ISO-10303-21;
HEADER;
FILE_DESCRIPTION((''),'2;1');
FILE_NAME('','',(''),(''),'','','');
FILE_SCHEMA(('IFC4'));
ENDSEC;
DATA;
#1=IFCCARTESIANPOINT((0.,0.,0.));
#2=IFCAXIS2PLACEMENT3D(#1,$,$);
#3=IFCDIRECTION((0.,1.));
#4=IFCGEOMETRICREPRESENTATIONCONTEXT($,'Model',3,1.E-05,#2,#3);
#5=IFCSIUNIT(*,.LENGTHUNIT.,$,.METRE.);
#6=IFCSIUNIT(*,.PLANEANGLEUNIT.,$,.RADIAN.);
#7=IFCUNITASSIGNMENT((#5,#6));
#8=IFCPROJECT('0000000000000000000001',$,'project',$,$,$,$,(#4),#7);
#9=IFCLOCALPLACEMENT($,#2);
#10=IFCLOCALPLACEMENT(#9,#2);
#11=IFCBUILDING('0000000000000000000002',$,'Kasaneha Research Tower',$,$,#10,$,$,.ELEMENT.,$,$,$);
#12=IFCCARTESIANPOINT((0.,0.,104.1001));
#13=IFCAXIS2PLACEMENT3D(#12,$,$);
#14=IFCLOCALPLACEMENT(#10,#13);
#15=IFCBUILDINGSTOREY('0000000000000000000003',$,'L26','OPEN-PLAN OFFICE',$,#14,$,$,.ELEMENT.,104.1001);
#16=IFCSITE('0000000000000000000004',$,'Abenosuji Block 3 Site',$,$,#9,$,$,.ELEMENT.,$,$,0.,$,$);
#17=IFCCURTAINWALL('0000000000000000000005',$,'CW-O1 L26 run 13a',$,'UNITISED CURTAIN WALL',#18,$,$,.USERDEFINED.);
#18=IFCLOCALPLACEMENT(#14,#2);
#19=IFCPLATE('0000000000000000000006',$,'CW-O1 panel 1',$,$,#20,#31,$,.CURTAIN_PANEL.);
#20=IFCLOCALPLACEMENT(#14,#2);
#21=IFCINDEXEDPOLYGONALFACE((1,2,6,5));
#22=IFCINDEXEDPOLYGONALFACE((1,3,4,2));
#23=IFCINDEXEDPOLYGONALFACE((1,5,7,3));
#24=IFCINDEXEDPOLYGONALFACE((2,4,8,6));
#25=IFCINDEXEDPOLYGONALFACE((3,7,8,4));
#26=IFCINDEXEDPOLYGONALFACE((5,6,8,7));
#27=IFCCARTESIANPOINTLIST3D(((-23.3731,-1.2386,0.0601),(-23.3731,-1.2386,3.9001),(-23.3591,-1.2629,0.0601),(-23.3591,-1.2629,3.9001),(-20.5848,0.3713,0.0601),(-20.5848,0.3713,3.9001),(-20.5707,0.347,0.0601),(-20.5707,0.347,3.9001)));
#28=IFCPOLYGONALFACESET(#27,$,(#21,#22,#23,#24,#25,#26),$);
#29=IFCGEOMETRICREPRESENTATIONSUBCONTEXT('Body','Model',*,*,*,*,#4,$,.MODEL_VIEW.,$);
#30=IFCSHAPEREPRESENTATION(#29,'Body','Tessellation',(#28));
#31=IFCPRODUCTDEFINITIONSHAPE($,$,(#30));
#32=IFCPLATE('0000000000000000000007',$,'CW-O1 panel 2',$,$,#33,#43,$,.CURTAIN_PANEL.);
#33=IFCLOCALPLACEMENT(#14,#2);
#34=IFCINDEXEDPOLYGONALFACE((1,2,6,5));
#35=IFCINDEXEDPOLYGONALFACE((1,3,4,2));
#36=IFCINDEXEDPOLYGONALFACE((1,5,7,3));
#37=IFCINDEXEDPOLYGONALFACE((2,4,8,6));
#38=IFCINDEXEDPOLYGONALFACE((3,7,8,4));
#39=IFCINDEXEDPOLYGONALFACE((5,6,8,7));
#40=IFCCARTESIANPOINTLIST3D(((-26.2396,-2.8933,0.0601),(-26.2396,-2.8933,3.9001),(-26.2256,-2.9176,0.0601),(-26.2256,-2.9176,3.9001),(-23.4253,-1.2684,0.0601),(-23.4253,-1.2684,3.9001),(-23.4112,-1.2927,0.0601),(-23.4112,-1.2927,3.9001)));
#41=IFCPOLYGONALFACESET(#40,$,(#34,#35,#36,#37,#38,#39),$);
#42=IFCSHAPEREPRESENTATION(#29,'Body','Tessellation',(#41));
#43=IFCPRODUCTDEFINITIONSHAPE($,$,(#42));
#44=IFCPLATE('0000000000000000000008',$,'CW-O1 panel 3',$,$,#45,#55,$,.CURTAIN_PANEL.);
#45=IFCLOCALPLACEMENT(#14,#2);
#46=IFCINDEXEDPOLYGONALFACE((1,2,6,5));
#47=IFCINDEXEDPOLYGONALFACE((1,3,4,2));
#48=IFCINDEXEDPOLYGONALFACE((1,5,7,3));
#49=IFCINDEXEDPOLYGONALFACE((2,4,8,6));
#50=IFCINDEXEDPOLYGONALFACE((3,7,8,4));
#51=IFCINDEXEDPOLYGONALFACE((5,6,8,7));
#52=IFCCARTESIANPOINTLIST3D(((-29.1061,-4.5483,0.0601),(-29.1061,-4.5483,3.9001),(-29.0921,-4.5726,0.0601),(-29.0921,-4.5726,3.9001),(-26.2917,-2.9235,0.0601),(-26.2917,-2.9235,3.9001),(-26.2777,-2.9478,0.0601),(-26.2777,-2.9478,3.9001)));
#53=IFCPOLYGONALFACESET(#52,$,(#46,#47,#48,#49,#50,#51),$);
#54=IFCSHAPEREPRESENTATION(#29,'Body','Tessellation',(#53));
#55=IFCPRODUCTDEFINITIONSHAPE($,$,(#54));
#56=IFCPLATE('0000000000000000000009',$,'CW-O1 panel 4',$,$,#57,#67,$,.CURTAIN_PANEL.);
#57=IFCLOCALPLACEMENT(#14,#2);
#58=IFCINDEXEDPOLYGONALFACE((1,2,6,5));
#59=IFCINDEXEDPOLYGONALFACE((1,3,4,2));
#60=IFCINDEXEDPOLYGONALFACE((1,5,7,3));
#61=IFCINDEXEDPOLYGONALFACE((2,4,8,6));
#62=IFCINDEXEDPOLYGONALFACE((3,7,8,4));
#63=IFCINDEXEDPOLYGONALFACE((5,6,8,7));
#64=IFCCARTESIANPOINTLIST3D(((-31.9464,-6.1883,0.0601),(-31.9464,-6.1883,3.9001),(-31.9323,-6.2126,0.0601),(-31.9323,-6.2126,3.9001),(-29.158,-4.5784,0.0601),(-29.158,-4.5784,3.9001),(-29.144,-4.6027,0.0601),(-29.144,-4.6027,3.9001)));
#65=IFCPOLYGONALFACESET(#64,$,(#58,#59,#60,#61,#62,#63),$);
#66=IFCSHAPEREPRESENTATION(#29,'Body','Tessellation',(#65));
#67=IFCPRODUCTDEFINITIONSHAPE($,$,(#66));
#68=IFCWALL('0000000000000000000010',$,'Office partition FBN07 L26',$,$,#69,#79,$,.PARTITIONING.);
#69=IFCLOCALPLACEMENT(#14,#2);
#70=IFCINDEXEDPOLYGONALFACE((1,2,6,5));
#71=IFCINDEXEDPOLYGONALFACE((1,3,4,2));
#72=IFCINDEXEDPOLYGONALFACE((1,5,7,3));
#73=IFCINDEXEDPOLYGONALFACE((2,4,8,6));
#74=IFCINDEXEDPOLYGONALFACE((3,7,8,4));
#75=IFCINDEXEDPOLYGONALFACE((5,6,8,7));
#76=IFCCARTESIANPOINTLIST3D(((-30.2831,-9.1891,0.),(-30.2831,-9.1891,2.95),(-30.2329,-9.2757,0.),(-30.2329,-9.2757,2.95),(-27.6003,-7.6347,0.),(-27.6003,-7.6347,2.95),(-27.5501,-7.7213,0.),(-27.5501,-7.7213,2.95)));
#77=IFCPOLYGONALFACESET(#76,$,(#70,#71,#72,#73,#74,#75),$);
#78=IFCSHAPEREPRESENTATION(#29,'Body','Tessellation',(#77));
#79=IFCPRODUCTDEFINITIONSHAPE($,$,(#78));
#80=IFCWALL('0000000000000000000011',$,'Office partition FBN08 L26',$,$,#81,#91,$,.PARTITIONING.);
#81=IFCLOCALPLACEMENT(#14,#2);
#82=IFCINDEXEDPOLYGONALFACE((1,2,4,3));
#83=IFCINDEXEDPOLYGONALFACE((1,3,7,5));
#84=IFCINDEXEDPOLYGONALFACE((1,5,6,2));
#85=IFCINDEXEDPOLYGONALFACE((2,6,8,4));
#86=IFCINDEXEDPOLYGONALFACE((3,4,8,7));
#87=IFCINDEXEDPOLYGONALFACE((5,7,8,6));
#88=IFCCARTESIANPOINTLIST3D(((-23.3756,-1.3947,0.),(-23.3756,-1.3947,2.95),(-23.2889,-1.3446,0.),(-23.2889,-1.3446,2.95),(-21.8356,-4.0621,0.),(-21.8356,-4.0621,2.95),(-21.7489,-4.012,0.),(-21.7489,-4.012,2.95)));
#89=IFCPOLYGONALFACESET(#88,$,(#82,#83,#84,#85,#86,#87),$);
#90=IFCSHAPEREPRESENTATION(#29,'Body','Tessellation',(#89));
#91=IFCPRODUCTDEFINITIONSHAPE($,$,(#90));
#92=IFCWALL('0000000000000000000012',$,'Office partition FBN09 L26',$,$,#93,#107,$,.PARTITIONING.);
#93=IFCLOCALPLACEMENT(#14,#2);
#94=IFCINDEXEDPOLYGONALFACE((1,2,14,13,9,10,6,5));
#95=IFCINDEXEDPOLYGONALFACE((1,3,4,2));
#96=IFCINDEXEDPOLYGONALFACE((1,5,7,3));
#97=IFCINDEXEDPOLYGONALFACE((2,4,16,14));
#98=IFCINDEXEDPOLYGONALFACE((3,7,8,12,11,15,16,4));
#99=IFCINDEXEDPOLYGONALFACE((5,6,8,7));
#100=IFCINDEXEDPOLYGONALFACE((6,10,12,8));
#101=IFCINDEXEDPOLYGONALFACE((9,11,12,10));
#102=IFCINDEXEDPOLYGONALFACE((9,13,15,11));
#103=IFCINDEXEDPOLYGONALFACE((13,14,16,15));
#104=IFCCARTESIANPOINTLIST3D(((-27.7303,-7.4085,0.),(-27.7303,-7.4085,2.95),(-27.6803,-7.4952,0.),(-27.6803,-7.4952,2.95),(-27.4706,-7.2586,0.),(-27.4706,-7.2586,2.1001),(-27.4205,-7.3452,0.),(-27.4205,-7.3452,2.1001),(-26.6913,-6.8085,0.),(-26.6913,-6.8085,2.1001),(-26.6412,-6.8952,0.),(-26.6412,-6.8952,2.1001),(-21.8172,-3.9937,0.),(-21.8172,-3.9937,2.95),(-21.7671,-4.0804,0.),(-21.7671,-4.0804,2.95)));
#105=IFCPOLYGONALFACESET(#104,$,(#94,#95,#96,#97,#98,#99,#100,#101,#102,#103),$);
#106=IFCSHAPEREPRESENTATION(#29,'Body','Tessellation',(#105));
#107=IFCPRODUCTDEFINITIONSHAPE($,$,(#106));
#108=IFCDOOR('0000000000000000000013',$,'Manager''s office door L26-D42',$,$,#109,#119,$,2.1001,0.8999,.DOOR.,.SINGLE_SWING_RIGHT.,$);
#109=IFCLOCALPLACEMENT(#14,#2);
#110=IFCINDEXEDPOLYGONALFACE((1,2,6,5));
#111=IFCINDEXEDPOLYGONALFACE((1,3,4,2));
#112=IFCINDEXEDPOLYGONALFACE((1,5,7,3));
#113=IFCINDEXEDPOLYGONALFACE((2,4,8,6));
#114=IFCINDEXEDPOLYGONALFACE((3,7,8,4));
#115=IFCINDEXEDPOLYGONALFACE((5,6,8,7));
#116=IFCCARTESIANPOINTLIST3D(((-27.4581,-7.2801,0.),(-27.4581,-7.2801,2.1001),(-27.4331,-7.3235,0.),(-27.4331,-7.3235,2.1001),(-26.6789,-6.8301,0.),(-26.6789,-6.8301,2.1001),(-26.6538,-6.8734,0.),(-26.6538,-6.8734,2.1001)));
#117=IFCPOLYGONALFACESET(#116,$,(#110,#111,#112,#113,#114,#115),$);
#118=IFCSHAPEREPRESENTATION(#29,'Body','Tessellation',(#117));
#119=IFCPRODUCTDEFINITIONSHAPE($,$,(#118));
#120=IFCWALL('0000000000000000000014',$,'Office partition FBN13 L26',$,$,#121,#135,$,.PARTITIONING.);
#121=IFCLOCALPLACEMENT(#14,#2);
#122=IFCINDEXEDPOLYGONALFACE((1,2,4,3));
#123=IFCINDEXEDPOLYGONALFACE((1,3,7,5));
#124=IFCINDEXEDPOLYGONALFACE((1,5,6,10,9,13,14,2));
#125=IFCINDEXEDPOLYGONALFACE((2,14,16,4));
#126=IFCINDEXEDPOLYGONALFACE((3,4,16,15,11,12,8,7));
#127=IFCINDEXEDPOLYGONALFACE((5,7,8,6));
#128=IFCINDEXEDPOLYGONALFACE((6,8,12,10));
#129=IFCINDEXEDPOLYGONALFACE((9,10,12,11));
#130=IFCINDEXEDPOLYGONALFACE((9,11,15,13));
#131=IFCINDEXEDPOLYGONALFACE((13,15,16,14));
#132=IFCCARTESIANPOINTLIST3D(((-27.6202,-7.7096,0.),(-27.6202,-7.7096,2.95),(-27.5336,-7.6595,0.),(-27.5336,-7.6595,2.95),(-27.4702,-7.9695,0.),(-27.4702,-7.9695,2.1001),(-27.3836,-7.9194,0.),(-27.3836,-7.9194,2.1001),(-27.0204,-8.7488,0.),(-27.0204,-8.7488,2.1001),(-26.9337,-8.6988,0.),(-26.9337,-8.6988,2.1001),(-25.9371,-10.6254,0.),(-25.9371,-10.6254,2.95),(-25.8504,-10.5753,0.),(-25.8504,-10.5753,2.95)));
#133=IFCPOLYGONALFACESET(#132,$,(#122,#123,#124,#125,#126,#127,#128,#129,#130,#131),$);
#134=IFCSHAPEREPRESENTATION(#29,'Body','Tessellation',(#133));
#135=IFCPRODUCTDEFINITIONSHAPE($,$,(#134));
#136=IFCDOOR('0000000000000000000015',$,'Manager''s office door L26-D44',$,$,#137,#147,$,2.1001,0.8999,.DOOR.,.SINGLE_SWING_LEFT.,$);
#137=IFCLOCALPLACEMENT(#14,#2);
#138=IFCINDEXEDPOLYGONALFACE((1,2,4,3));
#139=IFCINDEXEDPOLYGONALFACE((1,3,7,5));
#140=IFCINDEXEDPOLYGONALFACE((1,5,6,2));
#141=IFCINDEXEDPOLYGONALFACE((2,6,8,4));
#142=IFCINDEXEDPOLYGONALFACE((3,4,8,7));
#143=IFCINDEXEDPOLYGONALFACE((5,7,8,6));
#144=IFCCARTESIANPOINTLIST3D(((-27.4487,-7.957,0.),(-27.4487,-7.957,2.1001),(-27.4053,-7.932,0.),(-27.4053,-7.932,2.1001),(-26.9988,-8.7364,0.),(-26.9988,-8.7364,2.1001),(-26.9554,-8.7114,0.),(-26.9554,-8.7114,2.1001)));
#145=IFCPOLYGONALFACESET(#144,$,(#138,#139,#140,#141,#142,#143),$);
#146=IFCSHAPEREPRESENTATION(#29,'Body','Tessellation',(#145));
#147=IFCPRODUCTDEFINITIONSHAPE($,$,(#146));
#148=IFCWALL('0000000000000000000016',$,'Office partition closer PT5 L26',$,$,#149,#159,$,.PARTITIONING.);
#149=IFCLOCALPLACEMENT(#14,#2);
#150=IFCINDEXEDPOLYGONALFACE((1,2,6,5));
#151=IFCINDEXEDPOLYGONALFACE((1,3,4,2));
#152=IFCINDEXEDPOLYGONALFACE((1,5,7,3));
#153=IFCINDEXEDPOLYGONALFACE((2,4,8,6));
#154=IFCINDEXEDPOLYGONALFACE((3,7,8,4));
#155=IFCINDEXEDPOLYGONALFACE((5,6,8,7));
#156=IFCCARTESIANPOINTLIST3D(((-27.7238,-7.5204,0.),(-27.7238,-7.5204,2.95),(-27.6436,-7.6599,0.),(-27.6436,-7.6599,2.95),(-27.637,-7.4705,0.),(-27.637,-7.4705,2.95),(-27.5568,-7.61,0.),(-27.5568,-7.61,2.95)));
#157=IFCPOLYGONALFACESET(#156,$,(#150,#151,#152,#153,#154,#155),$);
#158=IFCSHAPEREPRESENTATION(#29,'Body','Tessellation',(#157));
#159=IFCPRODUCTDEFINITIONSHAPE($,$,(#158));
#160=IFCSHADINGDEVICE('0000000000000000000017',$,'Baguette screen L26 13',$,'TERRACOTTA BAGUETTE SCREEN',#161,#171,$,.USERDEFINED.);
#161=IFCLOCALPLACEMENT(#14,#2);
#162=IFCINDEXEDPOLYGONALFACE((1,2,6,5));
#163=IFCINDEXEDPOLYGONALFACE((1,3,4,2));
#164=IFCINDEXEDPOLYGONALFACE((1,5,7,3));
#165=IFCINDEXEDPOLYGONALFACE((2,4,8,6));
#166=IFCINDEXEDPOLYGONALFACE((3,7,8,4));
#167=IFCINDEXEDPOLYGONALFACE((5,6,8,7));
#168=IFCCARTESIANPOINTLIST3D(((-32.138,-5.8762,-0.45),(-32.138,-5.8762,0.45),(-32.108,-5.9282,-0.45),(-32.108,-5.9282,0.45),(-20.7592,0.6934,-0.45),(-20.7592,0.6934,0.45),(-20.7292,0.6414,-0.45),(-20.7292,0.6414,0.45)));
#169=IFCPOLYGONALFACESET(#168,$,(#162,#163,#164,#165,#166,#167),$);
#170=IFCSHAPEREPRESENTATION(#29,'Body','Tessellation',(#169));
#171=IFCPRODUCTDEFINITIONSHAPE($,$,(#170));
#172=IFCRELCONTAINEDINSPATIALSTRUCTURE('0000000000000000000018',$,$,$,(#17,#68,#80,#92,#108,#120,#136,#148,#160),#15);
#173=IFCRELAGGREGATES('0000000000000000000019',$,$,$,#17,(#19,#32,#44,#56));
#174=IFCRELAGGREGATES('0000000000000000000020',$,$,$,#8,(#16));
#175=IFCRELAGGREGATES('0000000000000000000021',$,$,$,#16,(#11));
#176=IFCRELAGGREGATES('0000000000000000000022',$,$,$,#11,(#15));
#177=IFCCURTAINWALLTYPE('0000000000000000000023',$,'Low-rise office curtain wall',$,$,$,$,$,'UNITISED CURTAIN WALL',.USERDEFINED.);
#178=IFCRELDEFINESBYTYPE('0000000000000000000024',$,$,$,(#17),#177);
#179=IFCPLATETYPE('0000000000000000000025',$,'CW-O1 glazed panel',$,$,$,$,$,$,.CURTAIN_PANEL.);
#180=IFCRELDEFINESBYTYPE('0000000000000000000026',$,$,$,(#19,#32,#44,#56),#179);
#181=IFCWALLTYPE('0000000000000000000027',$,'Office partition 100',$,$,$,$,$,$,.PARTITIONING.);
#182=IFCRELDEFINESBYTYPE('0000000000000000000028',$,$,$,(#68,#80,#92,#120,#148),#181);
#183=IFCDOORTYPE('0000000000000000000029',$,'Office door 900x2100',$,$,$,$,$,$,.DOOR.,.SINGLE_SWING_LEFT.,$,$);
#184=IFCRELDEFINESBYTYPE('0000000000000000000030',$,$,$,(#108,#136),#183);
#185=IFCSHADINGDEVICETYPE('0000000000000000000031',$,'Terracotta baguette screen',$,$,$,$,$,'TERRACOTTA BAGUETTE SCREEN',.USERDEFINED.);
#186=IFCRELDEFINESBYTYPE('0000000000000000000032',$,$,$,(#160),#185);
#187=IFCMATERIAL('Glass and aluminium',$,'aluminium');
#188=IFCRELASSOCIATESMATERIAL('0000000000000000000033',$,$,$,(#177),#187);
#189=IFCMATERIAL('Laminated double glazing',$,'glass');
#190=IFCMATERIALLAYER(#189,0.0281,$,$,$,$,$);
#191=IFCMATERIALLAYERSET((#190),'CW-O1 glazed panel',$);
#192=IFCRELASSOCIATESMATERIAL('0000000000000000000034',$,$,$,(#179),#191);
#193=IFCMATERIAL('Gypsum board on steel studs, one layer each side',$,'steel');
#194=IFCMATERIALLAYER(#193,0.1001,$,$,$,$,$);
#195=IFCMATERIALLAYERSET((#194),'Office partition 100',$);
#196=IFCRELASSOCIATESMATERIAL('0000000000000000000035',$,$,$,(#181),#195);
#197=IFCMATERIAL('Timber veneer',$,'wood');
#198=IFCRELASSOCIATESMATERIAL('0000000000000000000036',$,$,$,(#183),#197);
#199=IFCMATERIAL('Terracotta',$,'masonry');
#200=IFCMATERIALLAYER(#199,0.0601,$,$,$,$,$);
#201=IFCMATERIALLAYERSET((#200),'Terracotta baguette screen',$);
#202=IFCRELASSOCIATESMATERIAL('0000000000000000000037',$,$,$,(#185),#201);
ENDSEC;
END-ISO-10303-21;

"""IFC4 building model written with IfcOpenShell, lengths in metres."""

from ifc_helpers import new_model, si_unit, direction, frame, frame_2d, origin, origin_2d, place, context, subcontext, project, spatial, rectangle, extrude, material, layer, layer_set, type_object, element, fill, aggregate, save


model = new_model("IFC4")

# Units and contexts
model_context = context("Model", 3, precision=1e-05, world=origin(), true_north=direction((0.0, 1.0)))
body_context = subcontext(model_context, "Body", "Model", "MODEL_VIEW")
ifc_project = project(units=[si_unit("LENGTHUNIT", "METRE"), si_unit("PLANEANGLEUNIT", "RADIAN")], contexts=[model_context])

# Site, building, storey
site_placement = place(None, origin())
site = spatial("IfcSite", under=ifc_project, at=site_placement, Name="Abenosuji Block 3 Site", CompositionType="ELEMENT", RefElevation=0.0)
building_placement = place(site_placement, origin())
building = spatial("IfcBuilding", under=site, at=building_placement, Name="Kasaneha Research Tower", CompositionType="ELEMENT")
storey_placement = place(building_placement, frame((0.0, 0.0, 104.1001)))
storey = spatial("IfcBuildingStorey", under=building, at=storey_placement, Name="L26", Description="OPEN-PLAN OFFICE", CompositionType="ELEMENT", Elevation=104.1001)

# Curtain wall
ifc_material_1 = material(Name="Glass and aluminium", Category="aluminium")
curtain_wall_type = type_object("IfcCurtainWallType", Name="Low-rise office curtain wall", ElementType="UNITISED CURTAIN WALL", PredefinedType="USERDEFINED", material=ifc_material_1)
curtain_wall_1_placement = place(storey_placement, origin())
curtain_wall_1 = element("IfcCurtainWall", 1, at=curtain_wall_1_placement, inside=storey, type_object=curtain_wall_type, Name="CW-O1 L26 run 13a", ObjectType="UNITISED CURTAIN WALL", PredefinedType="USERDEFINED")

# Plates
ifc_material_2 = material(Name="Laminated double glazing", Category="glass")
ifc_layer_1 = layer(ifc_material_2, 0.0281)
ifc_layer_set_1 = layer_set([ifc_layer_1], Name="CW-O1 glazed panel")
plate_type = type_object("IfcPlateType", Name="CW-O1 glazed panel", PredefinedType="CURTAIN_PANEL", material=ifc_layer_set_1)
plate_1_placement = place(storey_placement, frame((-21.9719, -0.4458, 0.0601), z_axis=(0.0, 0.0, 1.0), x_axis=(-0.866025, -0.5, 0.0)))
plate_1 = element("IfcPlate", 2, at=plate_1_placement, type_object=plate_type, Name="CW-O1 panel 1", PredefinedType="CURTAIN_PANEL", context=body_context, shape_type="SweptSolid", body=[
    extrude(rectangle(XDim=3.2197, YDim=0.0281, at=origin_2d()), origin(), (0.0, 0.0, 1.0), 3.8401),
])
plate_2_placement = place(storey_placement, frame((-24.8254, -2.093, 0.0601), z_axis=(0.0, 0.0, 1.0), x_axis=(-0.866025, -0.5, 0.0)))
plate_2 = element("IfcPlate", 3, at=plate_2_placement, type_object=plate_type, Name="CW-O1 panel 2", PredefinedType="CURTAIN_PANEL", context=body_context, shape_type="SweptSolid", body=[
    extrude(rectangle(XDim=3.2498, YDim=0.0281, at=origin_2d()), origin(), (0.0, 0.0, 1.0), 3.8401),
])
plate_3_placement = place(storey_placement, frame((-27.6919, -3.748, 0.0601), z_axis=(0.0, 0.0, 1.0), x_axis=(-0.866025, -0.5, 0.0)))
plate_3 = element("IfcPlate", 4, at=plate_3_placement, type_object=plate_type, Name="CW-O1 panel 3", PredefinedType="CURTAIN_PANEL", context=body_context, shape_type="SweptSolid", body=[
    extrude(rectangle(XDim=3.2498, YDim=0.0281, at=origin_2d()), origin(), (0.0, 0.0, 1.0), 3.8401),
])
plate_4_placement = place(storey_placement, frame((-30.5452, -5.3955, 0.0601), z_axis=(0.0, 0.0, 1.0), x_axis=(-0.866025, -0.5, 0.0)))
plate_4 = element("IfcPlate", 5, at=plate_4_placement, type_object=plate_type, Name="CW-O1 panel 4", PredefinedType="CURTAIN_PANEL", context=body_context, shape_type="SweptSolid", body=[
    extrude(rectangle(XDim=3.2197, YDim=0.0281, at=origin_2d()), origin(), (0.0, 0.0, 1.0), 3.8401),
])
aggregate(curtain_wall_1, [plate_1, plate_2, plate_3, plate_4])

# Walls
ifc_material_3 = material(Name="Gypsum board on steel studs, one layer each side", Category="steel")
ifc_layer_2 = layer(ifc_material_3, 0.1001)
ifc_layer_set_2 = layer_set([ifc_layer_2], Name="Office partition 100")
wall_type = type_object("IfcWallType", Name="Office partition 100", PredefinedType="PARTITIONING", material=ifc_layer_set_2)
wall_1_placement = place(storey_placement, frame((-27.5752, -7.678, 0.0), z_axis=(0.0, 0.0, 1.0), x_axis=(-0.865257, -0.501328, 0.0)))
element("IfcWall", 6, at=wall_1_placement, inside=storey, type_object=wall_type, Name="Office partition FBN07 L26", PredefinedType="PARTITIONING", context=body_context, shape_type="SweptSolid", body=[
    extrude(rectangle(XDim=3.1006, YDim=0.1001, at=frame_2d((1.5503, 0.0))), origin(), (0.0, 0.0, 1.0), 2.95),
])
wall_2_placement = place(storey_placement, frame((-23.3323, -1.3696, 0.0), z_axis=(0.0, 0.0, 1.0), x_axis=(0.499992, -0.86603, 0.0)))
element("IfcWall", 7, at=wall_2_placement, inside=storey, type_object=wall_type, Name="Office partition FBN08 L26", PredefinedType="PARTITIONING", context=body_context, shape_type="SweptSolid", body=[
    extrude(rectangle(XDim=3.0801, YDim=0.1001, at=frame_2d((1.54, 0.0))), origin(), (0.0, 0.0, 1.0), 2.95),
])

# Walls, openings, doors
wall_3_placement = place(storey_placement, frame((-21.7922, -4.0371, 0.0), z_axis=(0.0, 0.0, 1.0), x_axis=(-0.86597, -0.500096, 0.0)))
wall_3 = element("IfcWall", 8, at=wall_3_placement, inside=storey, type_object=wall_type, Name="Office partition FBN09 L26", PredefinedType="PARTITIONING", context=body_context, shape_type="SweptSolid", body=[
    extrude(rectangle(XDim=6.8284, YDim=0.1001, at=frame_2d((3.4141, 0.0))), origin(), (0.0, 0.0, 1.0), 2.95),
])
opening_1_placement = place(wall_3_placement, frame((5.6284, 0.0, 0.0)))
opening_1 = element("IfcOpeningElement", 9, at=opening_1_placement, cuts=wall_3, PredefinedType="OPENING", context=body_context, shape_type="SweptSolid", body=[
    extrude(rectangle(XDim=0.8999, YDim=2.1001, at=frame_2d((0.45, 1.05))), frame((0.0, 0.0601, 0.0), z_axis=(0.0, -1.0, 0.0), x_axis=(1.0, 0.0, 0.0)), (0.0, 0.0, 1.0), 0.1201),
])
ifc_material_4 = material(Name="Timber veneer", Category="wood")
door_type = type_object("IfcDoorType", Name="Office door 900x2100", OperationType="SINGLE_SWING_LEFT", PredefinedType="DOOR", material=ifc_material_4)
door_1_placement = place(opening_1_placement, origin())
door_1 = element("IfcDoor", 10, at=door_1_placement, inside=storey, type_object=door_type, Name="Manager's office door L26-D42", OperationType="SINGLE_SWING_RIGHT", OverallHeight=2.1001, OverallWidth=0.8999, PredefinedType="DOOR", context=body_context, shape_type="SweptSolid", body=[
    extrude(rectangle(XDim=0.8999, YDim=2.1001, at=frame_2d((0.45, 1.05))), frame((0.0, 0.0249, 0.0), z_axis=(0.0, -1.0, 0.0), x_axis=(1.0, 0.0, 0.0)), (0.0, 0.0, 1.0), 0.05),
])
fill(opening_1, door_1)
wall_4_placement = place(storey_placement, frame((-27.5769, -7.6846, 0.0), z_axis=(0.0, 0.0, 1.0), x_axis=(0.49993, -0.866066, 0.0)))
wall_4 = element("IfcWall", 11, at=wall_4_placement, inside=storey, type_object=wall_type, Name="Office partition FBN13 L26", PredefinedType="PARTITIONING", context=body_context, shape_type="SweptSolid", body=[
    extrude(rectangle(XDim=3.3667, YDim=0.1001, at=frame_2d((1.6833, 0.0))), origin(), (0.0, 0.0, 1.0), 2.95),
])
opening_2_placement = place(wall_4_placement, frame((0.3, 0.0, 0.0)))
opening_2 = element("IfcOpeningElement", 12, at=opening_2_placement, cuts=wall_4, PredefinedType="OPENING", context=body_context, shape_type="SweptSolid", body=[
    extrude(rectangle(XDim=0.8999, YDim=2.1001, at=frame_2d((0.45, 1.05))), frame((0.0, 0.0601, 0.0), z_axis=(0.0, -1.0, 0.0), x_axis=(1.0, 0.0, 0.0)), (0.0, 0.0, 1.0), 0.1201),
])
door_2_placement = place(opening_2_placement, origin())
door_2 = element("IfcDoor", 13, at=door_2_placement, inside=storey, type_object=door_type, Name="Manager's office door L26-D44", OperationType="SINGLE_SWING_LEFT", OverallHeight=2.1001, OverallWidth=0.8999, PredefinedType="DOOR", context=body_context, shape_type="SweptSolid", body=[
    extrude(rectangle(XDim=0.8999, YDim=2.1001, at=frame_2d((0.45, 1.05))), frame((0.0, 0.0249, 0.0), z_axis=(0.0, -1.0, 0.0), x_axis=(1.0, 0.0, 0.0)), (0.0, 0.0, 1.0), 0.05),
])
fill(opening_2, door_2)

# Wall
wall_5_placement = place(storey_placement, frame((-27.6804, -7.4954, 0.0), z_axis=(0.0, 0.0, 1.0), x_axis=(0.4981, -0.867119, 0.0)))
element("IfcWall", 14, at=wall_5_placement, inside=storey, type_object=wall_type, Name="Office partition closer PT5 L26", PredefinedType="PARTITIONING", context=body_context, shape_type="SweptSolid", body=[
    extrude(rectangle(XDim=0.1609, YDim=0.1001, at=frame_2d((0.0806, 0.0))), origin(), (0.0, 0.0, 1.0), 2.95),
])

# Shading device
ifc_material_5 = material(Name="Terracotta", Category="masonry")
ifc_layer_3 = layer(ifc_material_5, 0.0601)
ifc_layer_set_3 = layer_set([ifc_layer_3], Name="Terracotta baguette screen")
shading_device_type = type_object("IfcShadingDeviceType", Name="Terracotta baguette screen", ElementType="TERRACOTTA BAGUETTE SCREEN", PredefinedType="USERDEFINED", material=ifc_layer_set_3)
shading_device_placement = place(storey_placement, frame((-26.4336, -2.6174, -0.45), z_axis=(0.0, 0.0, 1.0), x_axis=(-0.866025, -0.5, 0.0)))
element("IfcShadingDevice", 15, at=shading_device_placement, inside=storey, type_object=shading_device_type, Name="Baguette screen L26 13", ObjectType="TERRACOTTA BAGUETTE SCREEN", PredefinedType="USERDEFINED", context=body_context, shape_type="SweptSolid", body=[
    extrude(rectangle(XDim=13.1392, YDim=0.0601, at=origin_2d()), origin(), (0.0, 0.0, 1.0), 0.8999),
])

save(model, "model.ifc")
